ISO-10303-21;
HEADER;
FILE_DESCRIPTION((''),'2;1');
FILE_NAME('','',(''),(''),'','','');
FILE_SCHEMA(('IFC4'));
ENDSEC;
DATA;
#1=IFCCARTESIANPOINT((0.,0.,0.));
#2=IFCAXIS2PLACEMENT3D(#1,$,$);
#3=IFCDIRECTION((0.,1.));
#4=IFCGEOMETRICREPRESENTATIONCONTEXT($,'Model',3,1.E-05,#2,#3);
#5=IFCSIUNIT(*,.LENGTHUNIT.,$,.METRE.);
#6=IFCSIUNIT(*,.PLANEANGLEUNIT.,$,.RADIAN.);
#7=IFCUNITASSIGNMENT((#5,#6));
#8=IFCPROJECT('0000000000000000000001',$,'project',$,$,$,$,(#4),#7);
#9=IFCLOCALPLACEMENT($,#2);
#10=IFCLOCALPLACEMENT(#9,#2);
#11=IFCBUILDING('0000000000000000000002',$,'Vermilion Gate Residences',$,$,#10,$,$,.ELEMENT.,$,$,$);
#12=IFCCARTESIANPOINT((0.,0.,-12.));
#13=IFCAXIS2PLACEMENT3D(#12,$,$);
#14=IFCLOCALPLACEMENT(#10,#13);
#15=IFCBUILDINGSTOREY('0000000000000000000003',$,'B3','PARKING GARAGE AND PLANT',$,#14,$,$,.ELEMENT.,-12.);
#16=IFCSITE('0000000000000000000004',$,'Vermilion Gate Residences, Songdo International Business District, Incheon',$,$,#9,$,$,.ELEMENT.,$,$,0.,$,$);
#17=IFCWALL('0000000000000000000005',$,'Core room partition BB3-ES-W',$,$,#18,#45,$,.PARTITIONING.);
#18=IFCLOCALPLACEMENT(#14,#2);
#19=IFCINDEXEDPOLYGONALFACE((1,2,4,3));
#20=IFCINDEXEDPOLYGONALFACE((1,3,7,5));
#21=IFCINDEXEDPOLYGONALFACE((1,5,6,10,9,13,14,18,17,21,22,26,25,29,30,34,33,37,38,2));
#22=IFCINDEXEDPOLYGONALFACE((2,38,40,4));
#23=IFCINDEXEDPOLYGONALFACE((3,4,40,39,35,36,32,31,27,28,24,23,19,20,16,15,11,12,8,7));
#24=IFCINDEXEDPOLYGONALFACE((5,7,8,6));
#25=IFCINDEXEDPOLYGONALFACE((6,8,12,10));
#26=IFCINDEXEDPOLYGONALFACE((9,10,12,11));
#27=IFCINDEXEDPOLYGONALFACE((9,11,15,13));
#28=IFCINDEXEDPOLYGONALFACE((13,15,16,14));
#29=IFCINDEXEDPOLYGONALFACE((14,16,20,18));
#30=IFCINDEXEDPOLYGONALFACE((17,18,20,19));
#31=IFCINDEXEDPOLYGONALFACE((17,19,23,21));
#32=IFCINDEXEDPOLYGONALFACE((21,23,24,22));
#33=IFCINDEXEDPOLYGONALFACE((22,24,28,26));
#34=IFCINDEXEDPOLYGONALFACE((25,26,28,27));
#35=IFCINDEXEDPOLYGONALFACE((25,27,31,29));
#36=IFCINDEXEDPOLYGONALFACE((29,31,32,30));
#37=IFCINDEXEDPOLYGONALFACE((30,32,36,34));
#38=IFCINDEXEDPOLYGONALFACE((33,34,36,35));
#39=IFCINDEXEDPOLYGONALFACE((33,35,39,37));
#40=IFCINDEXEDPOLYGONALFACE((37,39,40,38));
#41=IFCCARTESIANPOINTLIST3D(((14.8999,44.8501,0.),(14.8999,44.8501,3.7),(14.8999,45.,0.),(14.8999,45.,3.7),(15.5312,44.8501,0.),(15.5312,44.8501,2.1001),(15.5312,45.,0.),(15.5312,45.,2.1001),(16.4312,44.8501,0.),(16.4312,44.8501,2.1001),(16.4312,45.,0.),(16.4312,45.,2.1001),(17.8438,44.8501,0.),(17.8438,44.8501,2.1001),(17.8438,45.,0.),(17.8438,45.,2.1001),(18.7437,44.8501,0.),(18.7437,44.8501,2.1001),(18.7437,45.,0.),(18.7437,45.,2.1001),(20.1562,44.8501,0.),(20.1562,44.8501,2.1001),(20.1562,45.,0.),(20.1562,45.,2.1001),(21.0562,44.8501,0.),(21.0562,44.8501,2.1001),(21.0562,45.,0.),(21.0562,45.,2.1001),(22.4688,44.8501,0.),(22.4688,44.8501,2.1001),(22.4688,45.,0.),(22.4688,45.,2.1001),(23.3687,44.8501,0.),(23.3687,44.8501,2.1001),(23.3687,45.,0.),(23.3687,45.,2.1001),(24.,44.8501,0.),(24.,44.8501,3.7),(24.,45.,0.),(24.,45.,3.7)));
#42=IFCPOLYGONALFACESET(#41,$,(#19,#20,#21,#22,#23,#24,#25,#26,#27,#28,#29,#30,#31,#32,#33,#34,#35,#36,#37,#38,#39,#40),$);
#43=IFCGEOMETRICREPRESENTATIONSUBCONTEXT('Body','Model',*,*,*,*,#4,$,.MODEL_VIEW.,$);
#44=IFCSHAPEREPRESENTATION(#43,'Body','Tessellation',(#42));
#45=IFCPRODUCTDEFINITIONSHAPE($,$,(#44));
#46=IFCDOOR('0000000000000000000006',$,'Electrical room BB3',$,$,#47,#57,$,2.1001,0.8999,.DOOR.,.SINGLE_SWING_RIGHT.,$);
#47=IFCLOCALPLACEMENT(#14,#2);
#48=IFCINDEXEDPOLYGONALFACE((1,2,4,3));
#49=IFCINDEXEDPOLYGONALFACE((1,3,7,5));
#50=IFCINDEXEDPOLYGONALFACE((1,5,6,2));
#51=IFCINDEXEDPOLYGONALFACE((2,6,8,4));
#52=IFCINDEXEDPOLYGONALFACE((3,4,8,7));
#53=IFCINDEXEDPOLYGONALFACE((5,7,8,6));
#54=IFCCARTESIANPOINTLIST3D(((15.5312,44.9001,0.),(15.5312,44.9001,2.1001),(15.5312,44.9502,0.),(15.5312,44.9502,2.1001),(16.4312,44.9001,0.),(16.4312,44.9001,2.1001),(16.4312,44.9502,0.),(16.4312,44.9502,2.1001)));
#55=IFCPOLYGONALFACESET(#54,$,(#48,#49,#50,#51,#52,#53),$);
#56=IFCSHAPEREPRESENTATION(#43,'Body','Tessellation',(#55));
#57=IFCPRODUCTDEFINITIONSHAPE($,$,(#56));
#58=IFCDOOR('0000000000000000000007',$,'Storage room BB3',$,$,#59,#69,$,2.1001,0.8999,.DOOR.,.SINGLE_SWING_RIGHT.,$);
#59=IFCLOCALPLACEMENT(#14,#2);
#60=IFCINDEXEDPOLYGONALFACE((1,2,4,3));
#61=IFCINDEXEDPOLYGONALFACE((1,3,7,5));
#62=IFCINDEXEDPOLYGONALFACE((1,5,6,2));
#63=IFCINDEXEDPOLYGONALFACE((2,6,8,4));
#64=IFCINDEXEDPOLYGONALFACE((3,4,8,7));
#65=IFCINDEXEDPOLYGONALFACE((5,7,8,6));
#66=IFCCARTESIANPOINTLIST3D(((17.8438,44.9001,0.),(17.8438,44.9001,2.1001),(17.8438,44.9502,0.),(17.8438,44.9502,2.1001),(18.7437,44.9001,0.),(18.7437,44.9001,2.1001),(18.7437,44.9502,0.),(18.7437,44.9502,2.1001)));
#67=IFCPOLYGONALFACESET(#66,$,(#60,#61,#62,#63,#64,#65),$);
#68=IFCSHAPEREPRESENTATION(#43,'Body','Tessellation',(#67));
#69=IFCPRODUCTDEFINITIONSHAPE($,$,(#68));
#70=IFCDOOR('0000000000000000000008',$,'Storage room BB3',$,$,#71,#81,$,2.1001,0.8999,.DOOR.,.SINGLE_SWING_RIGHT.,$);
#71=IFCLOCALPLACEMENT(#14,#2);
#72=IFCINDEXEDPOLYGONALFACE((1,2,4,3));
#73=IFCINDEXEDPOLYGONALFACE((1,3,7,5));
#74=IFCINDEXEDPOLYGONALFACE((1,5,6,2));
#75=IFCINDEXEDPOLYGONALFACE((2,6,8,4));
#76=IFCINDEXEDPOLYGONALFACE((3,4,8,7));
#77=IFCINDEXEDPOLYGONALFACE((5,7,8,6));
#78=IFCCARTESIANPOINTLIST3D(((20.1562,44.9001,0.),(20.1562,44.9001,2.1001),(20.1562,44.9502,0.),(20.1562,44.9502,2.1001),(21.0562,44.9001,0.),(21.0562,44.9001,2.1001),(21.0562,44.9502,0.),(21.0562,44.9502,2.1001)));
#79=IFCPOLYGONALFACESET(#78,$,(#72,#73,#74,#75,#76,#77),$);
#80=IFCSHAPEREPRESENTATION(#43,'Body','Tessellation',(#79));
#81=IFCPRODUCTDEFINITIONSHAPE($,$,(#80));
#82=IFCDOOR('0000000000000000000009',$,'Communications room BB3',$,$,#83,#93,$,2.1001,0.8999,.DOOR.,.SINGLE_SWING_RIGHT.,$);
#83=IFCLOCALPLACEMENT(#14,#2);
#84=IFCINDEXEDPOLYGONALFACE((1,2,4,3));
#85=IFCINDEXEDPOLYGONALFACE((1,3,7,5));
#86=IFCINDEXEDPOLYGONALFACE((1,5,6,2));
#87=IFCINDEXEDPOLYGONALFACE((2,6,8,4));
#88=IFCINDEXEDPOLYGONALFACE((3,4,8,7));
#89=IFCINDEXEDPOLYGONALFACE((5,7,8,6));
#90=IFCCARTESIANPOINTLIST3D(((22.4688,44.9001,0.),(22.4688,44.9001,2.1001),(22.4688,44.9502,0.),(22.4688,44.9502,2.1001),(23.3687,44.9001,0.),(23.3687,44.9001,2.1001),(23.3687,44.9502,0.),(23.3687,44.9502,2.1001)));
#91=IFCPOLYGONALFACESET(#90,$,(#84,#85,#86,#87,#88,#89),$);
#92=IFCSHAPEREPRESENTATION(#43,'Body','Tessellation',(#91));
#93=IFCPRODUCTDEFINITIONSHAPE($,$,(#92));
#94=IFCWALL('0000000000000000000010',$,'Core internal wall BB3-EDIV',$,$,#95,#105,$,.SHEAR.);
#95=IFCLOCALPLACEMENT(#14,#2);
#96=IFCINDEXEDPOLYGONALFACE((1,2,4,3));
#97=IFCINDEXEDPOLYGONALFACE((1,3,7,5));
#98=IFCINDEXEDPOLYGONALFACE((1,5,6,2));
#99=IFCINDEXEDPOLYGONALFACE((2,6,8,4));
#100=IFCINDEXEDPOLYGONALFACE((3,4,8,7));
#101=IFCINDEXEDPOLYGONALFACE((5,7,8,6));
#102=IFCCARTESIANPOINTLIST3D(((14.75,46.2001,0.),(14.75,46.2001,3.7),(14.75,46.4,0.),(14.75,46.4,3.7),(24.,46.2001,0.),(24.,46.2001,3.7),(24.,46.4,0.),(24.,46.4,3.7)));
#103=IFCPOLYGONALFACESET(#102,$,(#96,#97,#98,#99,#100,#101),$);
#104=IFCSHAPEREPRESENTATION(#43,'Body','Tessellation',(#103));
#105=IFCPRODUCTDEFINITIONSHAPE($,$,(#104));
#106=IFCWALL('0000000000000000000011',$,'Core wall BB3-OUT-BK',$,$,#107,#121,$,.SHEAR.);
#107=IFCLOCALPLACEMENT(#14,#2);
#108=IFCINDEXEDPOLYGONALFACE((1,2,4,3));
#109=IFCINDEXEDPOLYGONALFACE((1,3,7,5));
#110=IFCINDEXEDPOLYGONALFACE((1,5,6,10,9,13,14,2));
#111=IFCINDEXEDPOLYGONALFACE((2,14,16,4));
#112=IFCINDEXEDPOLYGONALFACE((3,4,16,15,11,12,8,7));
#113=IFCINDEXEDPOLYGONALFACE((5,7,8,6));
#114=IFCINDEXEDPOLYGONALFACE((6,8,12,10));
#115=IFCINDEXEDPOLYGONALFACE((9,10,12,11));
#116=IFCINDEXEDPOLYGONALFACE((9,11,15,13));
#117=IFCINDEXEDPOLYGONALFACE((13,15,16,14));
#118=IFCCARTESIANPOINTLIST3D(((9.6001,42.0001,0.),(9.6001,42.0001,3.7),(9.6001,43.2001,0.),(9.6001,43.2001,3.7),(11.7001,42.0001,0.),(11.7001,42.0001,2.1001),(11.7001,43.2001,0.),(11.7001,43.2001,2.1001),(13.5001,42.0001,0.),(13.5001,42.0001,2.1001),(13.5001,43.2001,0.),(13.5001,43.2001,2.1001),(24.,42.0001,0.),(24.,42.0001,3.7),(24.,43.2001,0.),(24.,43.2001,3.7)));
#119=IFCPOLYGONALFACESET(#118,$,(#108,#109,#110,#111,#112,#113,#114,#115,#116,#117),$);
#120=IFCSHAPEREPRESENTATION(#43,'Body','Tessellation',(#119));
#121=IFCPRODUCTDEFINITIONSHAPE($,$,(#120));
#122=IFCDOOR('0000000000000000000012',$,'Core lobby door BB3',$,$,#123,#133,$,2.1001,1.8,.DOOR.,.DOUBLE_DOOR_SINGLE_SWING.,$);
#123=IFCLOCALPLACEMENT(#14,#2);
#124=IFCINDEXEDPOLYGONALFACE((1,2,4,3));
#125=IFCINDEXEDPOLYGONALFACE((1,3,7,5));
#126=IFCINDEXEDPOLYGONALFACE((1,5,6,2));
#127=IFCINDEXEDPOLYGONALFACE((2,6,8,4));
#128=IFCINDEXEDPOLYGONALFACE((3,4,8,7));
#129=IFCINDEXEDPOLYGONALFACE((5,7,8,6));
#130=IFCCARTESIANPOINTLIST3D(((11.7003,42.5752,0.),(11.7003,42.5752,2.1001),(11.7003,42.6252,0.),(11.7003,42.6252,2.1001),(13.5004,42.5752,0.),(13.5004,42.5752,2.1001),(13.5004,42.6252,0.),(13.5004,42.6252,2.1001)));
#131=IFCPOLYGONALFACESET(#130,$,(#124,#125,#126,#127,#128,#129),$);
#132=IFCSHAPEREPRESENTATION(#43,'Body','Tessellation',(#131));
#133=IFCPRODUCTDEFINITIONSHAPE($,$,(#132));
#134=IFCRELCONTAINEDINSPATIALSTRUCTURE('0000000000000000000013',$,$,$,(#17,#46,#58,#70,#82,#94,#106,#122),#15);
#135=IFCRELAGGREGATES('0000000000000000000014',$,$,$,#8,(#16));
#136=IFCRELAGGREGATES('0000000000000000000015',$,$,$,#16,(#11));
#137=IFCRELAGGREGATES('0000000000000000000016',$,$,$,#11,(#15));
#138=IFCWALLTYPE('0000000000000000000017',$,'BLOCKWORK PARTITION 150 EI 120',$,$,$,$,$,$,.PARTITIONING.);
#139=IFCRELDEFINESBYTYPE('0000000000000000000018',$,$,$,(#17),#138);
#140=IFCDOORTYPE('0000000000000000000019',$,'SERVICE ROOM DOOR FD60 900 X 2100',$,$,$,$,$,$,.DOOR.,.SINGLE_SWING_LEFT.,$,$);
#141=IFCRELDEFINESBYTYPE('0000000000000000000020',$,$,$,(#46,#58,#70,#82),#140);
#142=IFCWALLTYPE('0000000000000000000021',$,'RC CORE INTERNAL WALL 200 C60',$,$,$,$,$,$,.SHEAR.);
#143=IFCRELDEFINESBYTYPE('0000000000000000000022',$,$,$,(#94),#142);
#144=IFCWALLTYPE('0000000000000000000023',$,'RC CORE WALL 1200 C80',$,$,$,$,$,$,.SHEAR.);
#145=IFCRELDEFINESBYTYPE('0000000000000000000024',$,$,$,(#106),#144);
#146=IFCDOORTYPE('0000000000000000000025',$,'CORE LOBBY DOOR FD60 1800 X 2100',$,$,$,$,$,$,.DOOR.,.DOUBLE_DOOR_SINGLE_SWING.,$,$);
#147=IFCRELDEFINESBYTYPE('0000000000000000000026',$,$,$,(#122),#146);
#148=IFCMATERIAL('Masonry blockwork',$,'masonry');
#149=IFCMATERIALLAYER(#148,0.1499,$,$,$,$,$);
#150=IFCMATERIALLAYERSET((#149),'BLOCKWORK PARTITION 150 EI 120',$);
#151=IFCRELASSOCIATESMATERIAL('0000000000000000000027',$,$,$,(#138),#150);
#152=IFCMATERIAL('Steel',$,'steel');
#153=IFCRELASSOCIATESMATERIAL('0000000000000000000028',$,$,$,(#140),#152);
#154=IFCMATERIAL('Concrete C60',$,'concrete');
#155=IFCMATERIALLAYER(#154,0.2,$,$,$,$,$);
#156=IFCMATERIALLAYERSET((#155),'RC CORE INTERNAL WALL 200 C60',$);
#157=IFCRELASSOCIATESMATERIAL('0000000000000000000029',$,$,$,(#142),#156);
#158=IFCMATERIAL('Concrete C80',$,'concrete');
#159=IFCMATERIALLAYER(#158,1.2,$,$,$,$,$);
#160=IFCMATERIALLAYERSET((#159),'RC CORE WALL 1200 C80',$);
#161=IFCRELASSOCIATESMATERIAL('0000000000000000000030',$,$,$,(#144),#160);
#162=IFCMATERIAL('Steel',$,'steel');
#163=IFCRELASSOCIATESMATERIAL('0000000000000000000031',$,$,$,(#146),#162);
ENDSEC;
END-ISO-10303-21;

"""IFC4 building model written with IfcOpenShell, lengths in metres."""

from ifc_helpers import new_model, si_unit, direction, frame, frame_2d, origin, place, context, subcontext, project, spatial, rectangle, extrude, material, layer, layer_set, type_object, element, fill, save


model = new_model("IFC4")

# Units and contexts
model_context = context("Model", 3, precision=1e-05, world=origin(), true_north=direction((0.0, 1.0)))
body_context = subcontext(model_context, "Body", "Model", "MODEL_VIEW")
ifc_project = project(units=[si_unit("LENGTHUNIT", "METRE"), si_unit("PLANEANGLEUNIT", "RADIAN")], contexts=[model_context])

# Site, building, storey
site_placement = place(None, origin())
site = spatial("IfcSite", under=ifc_project, at=site_placement, Name="Vermilion Gate Residences, Songdo International Business District, Incheon", CompositionType="ELEMENT", RefElevation=0.0)
building_placement = place(site_placement, origin())
building = spatial("IfcBuilding", under=site, at=building_placement, Name="Vermilion Gate Residences", CompositionType="ELEMENT")
storey_placement = place(building_placement, frame((0.0, 0.0, -12.0)))
storey = spatial("IfcBuildingStorey", under=building, at=storey_placement, Name="B3", Description="PARKING GARAGE AND PLANT", CompositionType="ELEMENT", Elevation=-12.0)

# Shared definitions
ifc_material_1 = material(Name="Masonry blockwork", Category="masonry")
ifc_layer_1 = layer(ifc_material_1, 0.1499)
ifc_layer_set_1 = layer_set([ifc_layer_1], Name="BLOCKWORK PARTITION 150 EI 120")
wall_type_1 = type_object("IfcWallType", Name="BLOCKWORK PARTITION 150 EI 120", PredefinedType="PARTITIONING", material=ifc_layer_set_1)

# Wall, openings, doors
wall_1_placement = place(storey_placement, frame((14.8999, 44.925, 0.0), z_axis=(0.0, 0.0, 1.0), x_axis=(1.0, 0.0, 0.0)))
wall_1 = element("IfcWall", 1, at=wall_1_placement, inside=storey, type_object=wall_type_1, Name="Core room partition BB3-ES-W", PredefinedType="PARTITIONING", context=body_context, shape_type="SweptSolid", body=[
    extrude(rectangle(XDim=9.1001, YDim=0.1499, at=frame_2d((4.55, 0.0))), origin(), (0.0, 0.0, 1.0), 3.7),
])
opening_1_placement = place(wall_1_placement, frame((0.6313, 0.0, 0.0)))
opening_1 = element("IfcOpeningElement", 2, at=opening_1_placement, cuts=wall_1, PredefinedType="OPENING", context=body_context, shape_type="SweptSolid", body=[
    extrude(rectangle(XDim=0.8999, YDim=2.1001, at=frame_2d((0.45, 1.05))), frame((0.0, 0.085, 0.0), z_axis=(0.0, -1.0, 0.0), x_axis=(1.0, 0.0, 0.0)), (0.0, 0.0, 1.0), 0.1699),
])
opening_2_placement = place(wall_1_placement, frame((2.9438, 0.0, 0.0)))
opening_2 = element("IfcOpeningElement", 3, at=opening_2_placement, cuts=wall_1, PredefinedType="OPENING", context=body_context, shape_type="SweptSolid", body=[
    extrude(rectangle(XDim=0.8999, YDim=2.1001, at=frame_2d((0.45, 1.05))), frame((0.0, 0.085, 0.0), z_axis=(0.0, -1.0, 0.0), x_axis=(1.0, 0.0, 0.0)), (0.0, 0.0, 1.0), 0.1699),
])
opening_3_placement = place(wall_1_placement, frame((5.2563, 0.0, 0.0)))
opening_3 = element("IfcOpeningElement", 4, at=opening_3_placement, cuts=wall_1, PredefinedType="OPENING", context=body_context, shape_type="SweptSolid", body=[
    extrude(rectangle(XDim=0.8999, YDim=2.1001, at=frame_2d((0.45, 1.05))), frame((0.0, 0.085, 0.0), z_axis=(0.0, -1.0, 0.0), x_axis=(1.0, 0.0, 0.0)), (0.0, 0.0, 1.0), 0.1699),
])
opening_4_placement = place(wall_1_placement, frame((7.5688, 0.0, 0.0)))
opening_4 = element("IfcOpeningElement", 5, at=opening_4_placement, cuts=wall_1, PredefinedType="OPENING", context=body_context, shape_type="SweptSolid", body=[
    extrude(rectangle(XDim=0.8999, YDim=2.1001, at=frame_2d((0.45, 1.05))), frame((0.0, 0.085, 0.0), z_axis=(0.0, -1.0, 0.0), x_axis=(1.0, 0.0, 0.0)), (0.0, 0.0, 1.0), 0.1699),
])
ifc_material_2 = material(Name="Steel", Category="steel")
door_type_1 = type_object("IfcDoorType", Name="SERVICE ROOM DOOR FD60 900 X 2100", OperationType="SINGLE_SWING_LEFT", PredefinedType="DOOR", material=ifc_material_2)
door_1_placement = place(opening_1_placement, frame((0.8999, 0.0, 0.0), z_axis=(0.0, 0.0, 1.0), x_axis=(-1.0, 0.0, 0.0)))
door_1 = element("IfcDoor", 6, at=door_1_placement, inside=storey, type_object=door_type_1, Name="Electrical room BB3", OperationType="SINGLE_SWING_RIGHT", OverallHeight=2.1001, OverallWidth=0.8999, PredefinedType="DOOR", context=body_context, shape_type="SweptSolid", body=[
    extrude(rectangle(XDim=0.8999, YDim=2.1001, at=frame_2d((0.45, 1.05))), frame((0.0, 0.0249, 0.0), z_axis=(0.0, -1.0, 0.0), x_axis=(1.0, 0.0, 0.0)), (0.0, 0.0, 1.0), 0.05),
])
fill(opening_1, door_1)
door_2_placement = place(opening_2_placement, frame((0.8999, 0.0, 0.0), z_axis=(0.0, 0.0, 1.0), x_axis=(-1.0, 0.0, 0.0)))
door_2 = element("IfcDoor", 7, at=door_2_placement, inside=storey, type_object=door_type_1, Name="Storage room BB3", OperationType="SINGLE_SWING_RIGHT", OverallHeight=2.1001, OverallWidth=0.8999, PredefinedType="DOOR", context=body_context, shape_type="SweptSolid", body=[
    extrude(rectangle(XDim=0.8999, YDim=2.1001, at=frame_2d((0.45, 1.05))), frame((0.0, 0.0249, 0.0), z_axis=(0.0, -1.0, 0.0), x_axis=(1.0, 0.0, 0.0)), (0.0, 0.0, 1.0), 0.05),
])
fill(opening_2, door_2)
door_3_placement = place(opening_3_placement, frame((0.8999, 0.0, 0.0), z_axis=(0.0, 0.0, 1.0), x_axis=(-1.0, 0.0, 0.0)))
door_3 = element("IfcDoor", 8, at=door_3_placement, inside=storey, type_object=door_type_1, Name="Storage room BB3", OperationType="SINGLE_SWING_RIGHT", OverallHeight=2.1001, OverallWidth=0.8999, PredefinedType="DOOR", context=body_context, shape_type="SweptSolid", body=[
    extrude(rectangle(XDim=0.8999, YDim=2.1001, at=frame_2d((0.45, 1.05))), frame((0.0, 0.0249, 0.0), z_axis=(0.0, -1.0, 0.0), x_axis=(1.0, 0.0, 0.0)), (0.0, 0.0, 1.0), 0.05),
])
fill(opening_3, door_3)
door_4_placement = place(opening_4_placement, frame((0.8999, 0.0, 0.0), z_axis=(0.0, 0.0, 1.0), x_axis=(-1.0, 0.0, 0.0)))
door_4 = element("IfcDoor", 9, at=door_4_placement, inside=storey, type_object=door_type_1, Name="Communications room BB3", OperationType="SINGLE_SWING_RIGHT", OverallHeight=2.1001, OverallWidth=0.8999, PredefinedType="DOOR", context=body_context, shape_type="SweptSolid", body=[
    extrude(rectangle(XDim=0.8999, YDim=2.1001, at=frame_2d((0.45, 1.05))), frame((0.0, 0.0249, 0.0), z_axis=(0.0, -1.0, 0.0), x_axis=(1.0, 0.0, 0.0)), (0.0, 0.0, 1.0), 0.05),
])
fill(opening_4, door_4)

# Wall
ifc_material_3 = material(Name="Concrete C60", Category="concrete")
ifc_layer_2 = layer(ifc_material_3, 0.2)
ifc_layer_set_2 = layer_set([ifc_layer_2], Name="RC CORE INTERNAL WALL 200 C60")
wall_type_2 = type_object("IfcWallType", Name="RC CORE INTERNAL WALL 200 C60", PredefinedType="SHEAR", material=ifc_layer_set_2)
wall_2_placement = place(storey_placement, frame((14.75, 46.3, 0.0), z_axis=(0.0, 0.0, 1.0), x_axis=(1.0, 0.0, 0.0)))
element("IfcWall", 10, at=wall_2_placement, inside=storey, type_object=wall_type_2, Name="Core internal wall BB3-EDIV", PredefinedType="SHEAR", context=body_context, shape_type="SweptSolid", body=[
    extrude(rectangle(XDim=9.25, YDim=0.2, at=frame_2d((4.625, 0.0))), origin(), (0.0, 0.0, 1.0), 3.7),
])

# Wall, opening, door
ifc_material_4 = material(Name="Concrete C80", Category="concrete")
ifc_layer_3 = layer(ifc_material_4, 1.2)
ifc_layer_set_3 = layer_set([ifc_layer_3], Name="RC CORE WALL 1200 C80")
wall_type_3 = type_object("IfcWallType", Name="RC CORE WALL 1200 C80", PredefinedType="SHEAR", material=ifc_layer_set_3)
wall_3_placement = place(storey_placement, frame((9.6001, 42.6001, 0.0), z_axis=(0.0, 0.0, 1.0), x_axis=(1.0, 0.0, 0.0)))
wall_3 = element("IfcWall", 11, at=wall_3_placement, inside=storey, type_object=wall_type_3, Name="Core wall BB3-OUT-BK", PredefinedType="SHEAR", context=body_context, shape_type="SweptSolid", body=[
    extrude(rectangle(XDim=14.3999, YDim=1.2, at=frame_2d((7.2, 0.0))), origin(), (0.0, 0.0, 1.0), 3.7),
])
opening_5_placement = place(wall_3_placement, frame((2.1001, 0.0, 0.0)))
opening_5 = element("IfcOpeningElement", 12, at=opening_5_placement, cuts=wall_3, PredefinedType="OPENING", context=body_context, shape_type="SweptSolid", body=[
    extrude(rectangle(XDim=1.8, YDim=2.1001, at=frame_2d((0.8999, 1.05))), frame((0.0, 0.6099, 0.0), z_axis=(0.0, -1.0, 0.0), x_axis=(1.0, 0.0, 0.0)), (0.0, 0.0, 1.0), 1.22),
])
ifc_material_5 = material(Name="Steel", Category="steel")
door_type_2 = type_object("IfcDoorType", Name="CORE LOBBY DOOR FD60 1800 X 2100", OperationType="DOUBLE_DOOR_SINGLE_SWING", PredefinedType="DOOR", material=ifc_material_5)
door_5_placement = place(opening_5_placement, frame((1.8, 0.0, 0.0), z_axis=(0.0, 0.0, 1.0), x_axis=(-1.0, 0.0, 0.0)))
door_5 = element("IfcDoor", 13, at=door_5_placement, inside=storey, type_object=door_type_2, Name="Core lobby door BB3", OperationType="DOUBLE_DOOR_SINGLE_SWING", OverallHeight=2.1001, OverallWidth=1.8, PredefinedType="DOOR", context=body_context, shape_type="SweptSolid", body=[
    extrude(rectangle(XDim=1.8, YDim=2.1001, at=frame_2d((0.8999, 1.05))), frame((0.0, 0.0249, 0.0), z_axis=(0.0, -1.0, 0.0), x_axis=(1.0, 0.0, 0.0)), (0.0, 0.0, 1.0), 0.05),
])
fill(opening_5, door_5)

save(model, "model.ifc")
